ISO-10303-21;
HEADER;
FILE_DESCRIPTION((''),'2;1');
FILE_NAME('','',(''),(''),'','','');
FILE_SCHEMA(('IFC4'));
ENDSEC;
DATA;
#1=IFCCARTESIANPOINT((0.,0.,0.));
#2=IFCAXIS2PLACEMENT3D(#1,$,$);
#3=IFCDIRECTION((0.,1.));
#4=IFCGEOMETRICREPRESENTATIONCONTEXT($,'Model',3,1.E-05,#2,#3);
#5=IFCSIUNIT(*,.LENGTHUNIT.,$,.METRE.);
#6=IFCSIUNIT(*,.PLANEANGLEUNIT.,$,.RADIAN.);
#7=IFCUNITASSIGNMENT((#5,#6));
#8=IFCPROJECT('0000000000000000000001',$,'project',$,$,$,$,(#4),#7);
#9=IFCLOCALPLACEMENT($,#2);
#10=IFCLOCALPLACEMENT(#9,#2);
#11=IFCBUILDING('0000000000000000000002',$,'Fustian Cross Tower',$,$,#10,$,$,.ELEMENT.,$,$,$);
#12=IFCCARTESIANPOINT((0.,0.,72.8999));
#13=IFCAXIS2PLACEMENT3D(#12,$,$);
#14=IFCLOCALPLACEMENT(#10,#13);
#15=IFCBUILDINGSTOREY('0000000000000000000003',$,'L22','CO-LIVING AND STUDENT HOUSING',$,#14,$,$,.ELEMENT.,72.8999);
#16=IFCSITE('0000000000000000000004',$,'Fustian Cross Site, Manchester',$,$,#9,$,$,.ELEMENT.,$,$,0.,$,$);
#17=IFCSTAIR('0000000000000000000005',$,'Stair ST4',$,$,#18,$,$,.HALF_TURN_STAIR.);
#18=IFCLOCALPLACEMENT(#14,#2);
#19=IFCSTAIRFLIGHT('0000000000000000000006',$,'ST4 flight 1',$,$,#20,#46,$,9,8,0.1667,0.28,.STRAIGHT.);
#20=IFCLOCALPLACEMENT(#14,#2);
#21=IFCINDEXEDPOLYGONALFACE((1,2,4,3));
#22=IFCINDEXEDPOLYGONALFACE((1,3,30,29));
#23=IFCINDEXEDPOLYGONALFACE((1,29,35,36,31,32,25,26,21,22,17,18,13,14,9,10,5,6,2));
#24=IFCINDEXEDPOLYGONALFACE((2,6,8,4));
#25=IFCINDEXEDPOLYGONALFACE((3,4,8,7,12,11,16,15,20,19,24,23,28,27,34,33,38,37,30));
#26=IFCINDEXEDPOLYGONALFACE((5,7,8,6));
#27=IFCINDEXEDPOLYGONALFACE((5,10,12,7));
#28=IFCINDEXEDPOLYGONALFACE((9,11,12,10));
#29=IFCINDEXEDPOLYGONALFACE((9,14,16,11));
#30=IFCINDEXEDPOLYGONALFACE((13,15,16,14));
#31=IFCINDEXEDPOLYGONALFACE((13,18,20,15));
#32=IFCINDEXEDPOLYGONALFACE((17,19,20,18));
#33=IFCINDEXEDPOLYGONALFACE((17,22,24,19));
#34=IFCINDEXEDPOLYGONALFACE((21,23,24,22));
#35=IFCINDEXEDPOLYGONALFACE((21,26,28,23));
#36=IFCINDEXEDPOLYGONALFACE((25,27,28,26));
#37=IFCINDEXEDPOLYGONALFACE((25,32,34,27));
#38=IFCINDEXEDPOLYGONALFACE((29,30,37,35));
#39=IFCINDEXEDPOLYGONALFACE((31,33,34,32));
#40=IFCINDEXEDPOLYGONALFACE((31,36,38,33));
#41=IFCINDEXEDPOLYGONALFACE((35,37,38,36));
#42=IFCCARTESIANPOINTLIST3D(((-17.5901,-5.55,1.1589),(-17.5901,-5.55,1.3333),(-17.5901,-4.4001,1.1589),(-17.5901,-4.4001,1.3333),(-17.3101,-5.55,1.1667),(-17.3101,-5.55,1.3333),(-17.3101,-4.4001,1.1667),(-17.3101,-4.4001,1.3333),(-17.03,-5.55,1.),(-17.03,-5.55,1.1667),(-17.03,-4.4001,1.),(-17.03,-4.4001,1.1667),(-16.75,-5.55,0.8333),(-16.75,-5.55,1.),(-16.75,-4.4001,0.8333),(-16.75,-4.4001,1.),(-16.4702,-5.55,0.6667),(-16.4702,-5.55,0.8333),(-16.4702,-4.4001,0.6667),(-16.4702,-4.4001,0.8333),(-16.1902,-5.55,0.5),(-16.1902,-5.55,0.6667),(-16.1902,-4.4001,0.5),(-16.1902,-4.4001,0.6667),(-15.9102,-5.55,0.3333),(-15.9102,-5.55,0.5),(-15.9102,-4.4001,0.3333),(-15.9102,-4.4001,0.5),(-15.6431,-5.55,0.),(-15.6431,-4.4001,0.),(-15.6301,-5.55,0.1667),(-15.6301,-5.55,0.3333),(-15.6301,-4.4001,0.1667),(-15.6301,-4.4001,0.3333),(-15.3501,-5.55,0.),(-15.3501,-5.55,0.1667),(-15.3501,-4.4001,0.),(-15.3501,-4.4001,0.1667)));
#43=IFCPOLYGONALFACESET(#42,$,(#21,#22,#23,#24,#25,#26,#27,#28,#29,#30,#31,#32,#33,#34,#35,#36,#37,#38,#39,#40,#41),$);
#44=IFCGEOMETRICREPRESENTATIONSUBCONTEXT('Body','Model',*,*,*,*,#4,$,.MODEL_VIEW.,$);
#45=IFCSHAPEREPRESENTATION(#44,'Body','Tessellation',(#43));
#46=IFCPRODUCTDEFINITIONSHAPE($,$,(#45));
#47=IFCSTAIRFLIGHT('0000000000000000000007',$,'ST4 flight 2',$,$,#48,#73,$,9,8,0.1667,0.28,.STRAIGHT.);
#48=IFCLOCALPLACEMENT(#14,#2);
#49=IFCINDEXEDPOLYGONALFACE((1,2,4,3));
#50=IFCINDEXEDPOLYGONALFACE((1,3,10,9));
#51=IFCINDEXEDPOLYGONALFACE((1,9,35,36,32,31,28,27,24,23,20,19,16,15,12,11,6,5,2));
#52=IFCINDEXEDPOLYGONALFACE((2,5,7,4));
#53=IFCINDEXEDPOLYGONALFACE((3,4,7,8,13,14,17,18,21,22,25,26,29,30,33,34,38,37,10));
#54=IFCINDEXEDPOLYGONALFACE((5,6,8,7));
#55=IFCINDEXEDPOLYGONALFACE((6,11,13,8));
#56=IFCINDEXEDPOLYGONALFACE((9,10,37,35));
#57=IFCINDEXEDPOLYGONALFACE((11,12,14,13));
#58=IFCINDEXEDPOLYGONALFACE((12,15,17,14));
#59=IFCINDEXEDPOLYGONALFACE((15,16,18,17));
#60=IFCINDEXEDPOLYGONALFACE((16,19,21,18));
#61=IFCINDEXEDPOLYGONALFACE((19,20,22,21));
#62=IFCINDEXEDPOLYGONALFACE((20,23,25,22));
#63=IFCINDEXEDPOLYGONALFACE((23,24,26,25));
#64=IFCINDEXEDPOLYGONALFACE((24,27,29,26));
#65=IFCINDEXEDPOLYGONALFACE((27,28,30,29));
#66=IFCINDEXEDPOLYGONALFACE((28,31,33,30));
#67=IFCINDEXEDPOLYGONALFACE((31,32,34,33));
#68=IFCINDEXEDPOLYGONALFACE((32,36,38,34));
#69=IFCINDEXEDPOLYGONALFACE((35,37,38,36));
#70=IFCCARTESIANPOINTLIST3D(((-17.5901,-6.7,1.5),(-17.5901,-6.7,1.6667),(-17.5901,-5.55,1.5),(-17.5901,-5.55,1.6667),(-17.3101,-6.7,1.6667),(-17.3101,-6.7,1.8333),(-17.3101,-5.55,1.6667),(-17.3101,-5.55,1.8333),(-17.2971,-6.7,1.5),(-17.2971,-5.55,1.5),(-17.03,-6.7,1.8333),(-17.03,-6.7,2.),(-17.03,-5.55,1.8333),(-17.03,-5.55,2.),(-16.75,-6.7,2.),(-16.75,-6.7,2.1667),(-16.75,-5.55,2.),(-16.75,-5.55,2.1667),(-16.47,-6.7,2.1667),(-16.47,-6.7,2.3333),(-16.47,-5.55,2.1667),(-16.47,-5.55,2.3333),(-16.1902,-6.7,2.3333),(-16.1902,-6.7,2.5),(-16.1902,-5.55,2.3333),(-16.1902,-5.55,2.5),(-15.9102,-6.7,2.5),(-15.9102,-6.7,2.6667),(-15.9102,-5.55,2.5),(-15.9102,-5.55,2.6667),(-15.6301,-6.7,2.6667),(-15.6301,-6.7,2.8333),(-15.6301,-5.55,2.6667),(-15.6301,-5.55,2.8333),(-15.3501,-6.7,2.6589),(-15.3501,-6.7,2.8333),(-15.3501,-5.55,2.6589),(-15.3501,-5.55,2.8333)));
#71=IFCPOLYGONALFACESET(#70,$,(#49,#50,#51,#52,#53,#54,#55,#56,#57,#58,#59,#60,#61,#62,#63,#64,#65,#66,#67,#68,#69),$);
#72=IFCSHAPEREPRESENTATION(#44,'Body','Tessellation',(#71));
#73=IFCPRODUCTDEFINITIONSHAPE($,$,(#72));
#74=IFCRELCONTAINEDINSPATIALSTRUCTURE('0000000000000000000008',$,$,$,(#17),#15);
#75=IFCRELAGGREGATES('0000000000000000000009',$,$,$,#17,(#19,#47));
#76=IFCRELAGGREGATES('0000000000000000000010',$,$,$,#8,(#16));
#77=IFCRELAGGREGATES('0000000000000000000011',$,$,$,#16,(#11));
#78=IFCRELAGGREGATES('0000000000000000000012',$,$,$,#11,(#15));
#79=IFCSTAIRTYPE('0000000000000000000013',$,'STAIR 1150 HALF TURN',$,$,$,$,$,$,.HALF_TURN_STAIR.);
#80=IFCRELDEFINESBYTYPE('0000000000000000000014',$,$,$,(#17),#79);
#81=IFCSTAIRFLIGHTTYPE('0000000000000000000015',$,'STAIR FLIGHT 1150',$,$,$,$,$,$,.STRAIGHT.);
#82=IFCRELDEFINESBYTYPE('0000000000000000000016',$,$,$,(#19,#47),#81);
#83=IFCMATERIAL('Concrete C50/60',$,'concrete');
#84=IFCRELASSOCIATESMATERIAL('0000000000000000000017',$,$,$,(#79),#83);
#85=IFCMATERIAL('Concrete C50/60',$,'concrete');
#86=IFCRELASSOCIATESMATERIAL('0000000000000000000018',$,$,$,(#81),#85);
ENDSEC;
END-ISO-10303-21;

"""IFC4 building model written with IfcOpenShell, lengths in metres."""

from ifc_helpers import new_model, si_unit, direction, frame, origin, place, context, subcontext, project, spatial, polyline, outline, extrude, material, type_object, element, aggregate, save


model = new_model("IFC4")

# Units and contexts
model_context = context("Model", 3, precision=1e-05, world=origin(), true_north=direction((0.0, 1.0)))
body_context = subcontext(model_context, "Body", "Model", "MODEL_VIEW")
ifc_project = project(units=[si_unit("LENGTHUNIT", "METRE"), si_unit("PLANEANGLEUNIT", "RADIAN")], contexts=[model_context])

# Site, building, storey
site_placement = place(None, origin())
site = spatial("IfcSite", under=ifc_project, at=site_placement, Name="Fustian Cross Site, Manchester", CompositionType="ELEMENT", RefElevation=0.0)
building_placement = place(site_placement, origin())
building = spatial("IfcBuilding", under=site, at=building_placement, Name="Fustian Cross Tower", CompositionType="ELEMENT")
storey_placement = place(building_placement, frame((0.0, 0.0, 72.8999)))
storey = spatial("IfcBuildingStorey", under=building, at=storey_placement, Name="L22", Description="CO-LIVING AND STUDENT HOUSING", CompositionType="ELEMENT", Elevation=72.8999)

# Stair, stair flights
ifc_material_1 = material(Name="Concrete C50/60", Category="concrete")
stair_type = type_object("IfcStairType", Name="STAIR 1150 HALF TURN", PredefinedType="HALF_TURN_STAIR", material=ifc_material_1)
stair_placement = place(storey_placement, origin())
stair = element("IfcStair", 1, at=stair_placement, inside=storey, type_object=stair_type, Name="Stair ST4", PredefinedType="HALF_TURN_STAIR")
ifc_material_2 = material(Name="Concrete C50/60", Category="concrete")
stair_flight_type = type_object("IfcStairFlightType", Name="STAIR FLIGHT 1150", PredefinedType="STRAIGHT", material=ifc_material_2)
stair_flight_1_placement = place(storey_placement, frame((-15.3501, -4.9751, 0.0), z_axis=(0.0, 0.0, 1.0), x_axis=(-1.0, 0.0, 0.0)))
stair_flight_1 = element("IfcStairFlight", 2, at=stair_flight_1_placement, type_object=stair_flight_type, Name="ST4 flight 1", NumberOfRisers=9, NumberOfTreads=8, PredefinedType="STRAIGHT", RiserHeight=0.1667, TreadLength=0.28, context=body_context, shape_type="SweptSolid", body=[
    extrude(outline(polyline([(0.0, 0.0), (0.0, 0.1667), (0.28, 0.1667), (0.28, 0.3333), (0.5601, 0.3333), (0.5601, 0.5), (0.8401, 0.5), (0.8401, 0.6667), (1.1201, 0.6667), (1.1201, 0.8333), (1.3999, 0.8333), (1.3999, 1.0), (1.6799, 1.0), (1.6799, 1.1667), (1.96, 1.1667), (1.96, 1.3333), (2.24, 1.3333), (2.24, 1.5), (2.24, 1.1589), (0.293, 0.0), (0.0, 0.0)])), frame((0.0, 0.575, 0.0), z_axis=(0.0, -1.0, 0.0), x_axis=(1.0, 0.0, 0.0)), (0.0, 0.0, 1.0), 1.1499),
])
stair_flight_2_placement = place(storey_placement, frame((-17.5901, -6.125, 1.5), z_axis=(0.0, 0.0, 1.0), x_axis=(1.0, 0.0, 0.0)))
stair_flight_2 = element("IfcStairFlight", 3, at=stair_flight_2_placement, type_object=stair_flight_type, Name="ST4 flight 2", NumberOfRisers=9, NumberOfTreads=8, PredefinedType="STRAIGHT", RiserHeight=0.1667, TreadLength=0.28, context=body_context, shape_type="SweptSolid", body=[
    extrude(outline(polyline([(0.0, 0.0), (0.0, 0.1667), (0.28, 0.1667), (0.28, 0.3333), (0.5601, 0.3333), (0.5601, 0.5), (0.8401, 0.5), (0.8401, 0.6667), (1.1201, 0.6667), (1.1201, 0.8333), (1.3999, 0.8333), (1.3999, 1.0), (1.6799, 1.0), (1.6799, 1.1667), (1.96, 1.1667), (1.96, 1.3333), (2.24, 1.3333), (2.24, 1.5), (2.24, 1.1589), (0.293, 0.0), (0.0, 0.0)])), frame((0.0, 0.575, 0.0), z_axis=(0.0, -1.0, 0.0), x_axis=(1.0, 0.0, 0.0)), (0.0, 0.0, 1.0), 1.1499),
])
aggregate(stair, [stair_flight_1, stair_flight_2])

save(model, "model.ifc")
